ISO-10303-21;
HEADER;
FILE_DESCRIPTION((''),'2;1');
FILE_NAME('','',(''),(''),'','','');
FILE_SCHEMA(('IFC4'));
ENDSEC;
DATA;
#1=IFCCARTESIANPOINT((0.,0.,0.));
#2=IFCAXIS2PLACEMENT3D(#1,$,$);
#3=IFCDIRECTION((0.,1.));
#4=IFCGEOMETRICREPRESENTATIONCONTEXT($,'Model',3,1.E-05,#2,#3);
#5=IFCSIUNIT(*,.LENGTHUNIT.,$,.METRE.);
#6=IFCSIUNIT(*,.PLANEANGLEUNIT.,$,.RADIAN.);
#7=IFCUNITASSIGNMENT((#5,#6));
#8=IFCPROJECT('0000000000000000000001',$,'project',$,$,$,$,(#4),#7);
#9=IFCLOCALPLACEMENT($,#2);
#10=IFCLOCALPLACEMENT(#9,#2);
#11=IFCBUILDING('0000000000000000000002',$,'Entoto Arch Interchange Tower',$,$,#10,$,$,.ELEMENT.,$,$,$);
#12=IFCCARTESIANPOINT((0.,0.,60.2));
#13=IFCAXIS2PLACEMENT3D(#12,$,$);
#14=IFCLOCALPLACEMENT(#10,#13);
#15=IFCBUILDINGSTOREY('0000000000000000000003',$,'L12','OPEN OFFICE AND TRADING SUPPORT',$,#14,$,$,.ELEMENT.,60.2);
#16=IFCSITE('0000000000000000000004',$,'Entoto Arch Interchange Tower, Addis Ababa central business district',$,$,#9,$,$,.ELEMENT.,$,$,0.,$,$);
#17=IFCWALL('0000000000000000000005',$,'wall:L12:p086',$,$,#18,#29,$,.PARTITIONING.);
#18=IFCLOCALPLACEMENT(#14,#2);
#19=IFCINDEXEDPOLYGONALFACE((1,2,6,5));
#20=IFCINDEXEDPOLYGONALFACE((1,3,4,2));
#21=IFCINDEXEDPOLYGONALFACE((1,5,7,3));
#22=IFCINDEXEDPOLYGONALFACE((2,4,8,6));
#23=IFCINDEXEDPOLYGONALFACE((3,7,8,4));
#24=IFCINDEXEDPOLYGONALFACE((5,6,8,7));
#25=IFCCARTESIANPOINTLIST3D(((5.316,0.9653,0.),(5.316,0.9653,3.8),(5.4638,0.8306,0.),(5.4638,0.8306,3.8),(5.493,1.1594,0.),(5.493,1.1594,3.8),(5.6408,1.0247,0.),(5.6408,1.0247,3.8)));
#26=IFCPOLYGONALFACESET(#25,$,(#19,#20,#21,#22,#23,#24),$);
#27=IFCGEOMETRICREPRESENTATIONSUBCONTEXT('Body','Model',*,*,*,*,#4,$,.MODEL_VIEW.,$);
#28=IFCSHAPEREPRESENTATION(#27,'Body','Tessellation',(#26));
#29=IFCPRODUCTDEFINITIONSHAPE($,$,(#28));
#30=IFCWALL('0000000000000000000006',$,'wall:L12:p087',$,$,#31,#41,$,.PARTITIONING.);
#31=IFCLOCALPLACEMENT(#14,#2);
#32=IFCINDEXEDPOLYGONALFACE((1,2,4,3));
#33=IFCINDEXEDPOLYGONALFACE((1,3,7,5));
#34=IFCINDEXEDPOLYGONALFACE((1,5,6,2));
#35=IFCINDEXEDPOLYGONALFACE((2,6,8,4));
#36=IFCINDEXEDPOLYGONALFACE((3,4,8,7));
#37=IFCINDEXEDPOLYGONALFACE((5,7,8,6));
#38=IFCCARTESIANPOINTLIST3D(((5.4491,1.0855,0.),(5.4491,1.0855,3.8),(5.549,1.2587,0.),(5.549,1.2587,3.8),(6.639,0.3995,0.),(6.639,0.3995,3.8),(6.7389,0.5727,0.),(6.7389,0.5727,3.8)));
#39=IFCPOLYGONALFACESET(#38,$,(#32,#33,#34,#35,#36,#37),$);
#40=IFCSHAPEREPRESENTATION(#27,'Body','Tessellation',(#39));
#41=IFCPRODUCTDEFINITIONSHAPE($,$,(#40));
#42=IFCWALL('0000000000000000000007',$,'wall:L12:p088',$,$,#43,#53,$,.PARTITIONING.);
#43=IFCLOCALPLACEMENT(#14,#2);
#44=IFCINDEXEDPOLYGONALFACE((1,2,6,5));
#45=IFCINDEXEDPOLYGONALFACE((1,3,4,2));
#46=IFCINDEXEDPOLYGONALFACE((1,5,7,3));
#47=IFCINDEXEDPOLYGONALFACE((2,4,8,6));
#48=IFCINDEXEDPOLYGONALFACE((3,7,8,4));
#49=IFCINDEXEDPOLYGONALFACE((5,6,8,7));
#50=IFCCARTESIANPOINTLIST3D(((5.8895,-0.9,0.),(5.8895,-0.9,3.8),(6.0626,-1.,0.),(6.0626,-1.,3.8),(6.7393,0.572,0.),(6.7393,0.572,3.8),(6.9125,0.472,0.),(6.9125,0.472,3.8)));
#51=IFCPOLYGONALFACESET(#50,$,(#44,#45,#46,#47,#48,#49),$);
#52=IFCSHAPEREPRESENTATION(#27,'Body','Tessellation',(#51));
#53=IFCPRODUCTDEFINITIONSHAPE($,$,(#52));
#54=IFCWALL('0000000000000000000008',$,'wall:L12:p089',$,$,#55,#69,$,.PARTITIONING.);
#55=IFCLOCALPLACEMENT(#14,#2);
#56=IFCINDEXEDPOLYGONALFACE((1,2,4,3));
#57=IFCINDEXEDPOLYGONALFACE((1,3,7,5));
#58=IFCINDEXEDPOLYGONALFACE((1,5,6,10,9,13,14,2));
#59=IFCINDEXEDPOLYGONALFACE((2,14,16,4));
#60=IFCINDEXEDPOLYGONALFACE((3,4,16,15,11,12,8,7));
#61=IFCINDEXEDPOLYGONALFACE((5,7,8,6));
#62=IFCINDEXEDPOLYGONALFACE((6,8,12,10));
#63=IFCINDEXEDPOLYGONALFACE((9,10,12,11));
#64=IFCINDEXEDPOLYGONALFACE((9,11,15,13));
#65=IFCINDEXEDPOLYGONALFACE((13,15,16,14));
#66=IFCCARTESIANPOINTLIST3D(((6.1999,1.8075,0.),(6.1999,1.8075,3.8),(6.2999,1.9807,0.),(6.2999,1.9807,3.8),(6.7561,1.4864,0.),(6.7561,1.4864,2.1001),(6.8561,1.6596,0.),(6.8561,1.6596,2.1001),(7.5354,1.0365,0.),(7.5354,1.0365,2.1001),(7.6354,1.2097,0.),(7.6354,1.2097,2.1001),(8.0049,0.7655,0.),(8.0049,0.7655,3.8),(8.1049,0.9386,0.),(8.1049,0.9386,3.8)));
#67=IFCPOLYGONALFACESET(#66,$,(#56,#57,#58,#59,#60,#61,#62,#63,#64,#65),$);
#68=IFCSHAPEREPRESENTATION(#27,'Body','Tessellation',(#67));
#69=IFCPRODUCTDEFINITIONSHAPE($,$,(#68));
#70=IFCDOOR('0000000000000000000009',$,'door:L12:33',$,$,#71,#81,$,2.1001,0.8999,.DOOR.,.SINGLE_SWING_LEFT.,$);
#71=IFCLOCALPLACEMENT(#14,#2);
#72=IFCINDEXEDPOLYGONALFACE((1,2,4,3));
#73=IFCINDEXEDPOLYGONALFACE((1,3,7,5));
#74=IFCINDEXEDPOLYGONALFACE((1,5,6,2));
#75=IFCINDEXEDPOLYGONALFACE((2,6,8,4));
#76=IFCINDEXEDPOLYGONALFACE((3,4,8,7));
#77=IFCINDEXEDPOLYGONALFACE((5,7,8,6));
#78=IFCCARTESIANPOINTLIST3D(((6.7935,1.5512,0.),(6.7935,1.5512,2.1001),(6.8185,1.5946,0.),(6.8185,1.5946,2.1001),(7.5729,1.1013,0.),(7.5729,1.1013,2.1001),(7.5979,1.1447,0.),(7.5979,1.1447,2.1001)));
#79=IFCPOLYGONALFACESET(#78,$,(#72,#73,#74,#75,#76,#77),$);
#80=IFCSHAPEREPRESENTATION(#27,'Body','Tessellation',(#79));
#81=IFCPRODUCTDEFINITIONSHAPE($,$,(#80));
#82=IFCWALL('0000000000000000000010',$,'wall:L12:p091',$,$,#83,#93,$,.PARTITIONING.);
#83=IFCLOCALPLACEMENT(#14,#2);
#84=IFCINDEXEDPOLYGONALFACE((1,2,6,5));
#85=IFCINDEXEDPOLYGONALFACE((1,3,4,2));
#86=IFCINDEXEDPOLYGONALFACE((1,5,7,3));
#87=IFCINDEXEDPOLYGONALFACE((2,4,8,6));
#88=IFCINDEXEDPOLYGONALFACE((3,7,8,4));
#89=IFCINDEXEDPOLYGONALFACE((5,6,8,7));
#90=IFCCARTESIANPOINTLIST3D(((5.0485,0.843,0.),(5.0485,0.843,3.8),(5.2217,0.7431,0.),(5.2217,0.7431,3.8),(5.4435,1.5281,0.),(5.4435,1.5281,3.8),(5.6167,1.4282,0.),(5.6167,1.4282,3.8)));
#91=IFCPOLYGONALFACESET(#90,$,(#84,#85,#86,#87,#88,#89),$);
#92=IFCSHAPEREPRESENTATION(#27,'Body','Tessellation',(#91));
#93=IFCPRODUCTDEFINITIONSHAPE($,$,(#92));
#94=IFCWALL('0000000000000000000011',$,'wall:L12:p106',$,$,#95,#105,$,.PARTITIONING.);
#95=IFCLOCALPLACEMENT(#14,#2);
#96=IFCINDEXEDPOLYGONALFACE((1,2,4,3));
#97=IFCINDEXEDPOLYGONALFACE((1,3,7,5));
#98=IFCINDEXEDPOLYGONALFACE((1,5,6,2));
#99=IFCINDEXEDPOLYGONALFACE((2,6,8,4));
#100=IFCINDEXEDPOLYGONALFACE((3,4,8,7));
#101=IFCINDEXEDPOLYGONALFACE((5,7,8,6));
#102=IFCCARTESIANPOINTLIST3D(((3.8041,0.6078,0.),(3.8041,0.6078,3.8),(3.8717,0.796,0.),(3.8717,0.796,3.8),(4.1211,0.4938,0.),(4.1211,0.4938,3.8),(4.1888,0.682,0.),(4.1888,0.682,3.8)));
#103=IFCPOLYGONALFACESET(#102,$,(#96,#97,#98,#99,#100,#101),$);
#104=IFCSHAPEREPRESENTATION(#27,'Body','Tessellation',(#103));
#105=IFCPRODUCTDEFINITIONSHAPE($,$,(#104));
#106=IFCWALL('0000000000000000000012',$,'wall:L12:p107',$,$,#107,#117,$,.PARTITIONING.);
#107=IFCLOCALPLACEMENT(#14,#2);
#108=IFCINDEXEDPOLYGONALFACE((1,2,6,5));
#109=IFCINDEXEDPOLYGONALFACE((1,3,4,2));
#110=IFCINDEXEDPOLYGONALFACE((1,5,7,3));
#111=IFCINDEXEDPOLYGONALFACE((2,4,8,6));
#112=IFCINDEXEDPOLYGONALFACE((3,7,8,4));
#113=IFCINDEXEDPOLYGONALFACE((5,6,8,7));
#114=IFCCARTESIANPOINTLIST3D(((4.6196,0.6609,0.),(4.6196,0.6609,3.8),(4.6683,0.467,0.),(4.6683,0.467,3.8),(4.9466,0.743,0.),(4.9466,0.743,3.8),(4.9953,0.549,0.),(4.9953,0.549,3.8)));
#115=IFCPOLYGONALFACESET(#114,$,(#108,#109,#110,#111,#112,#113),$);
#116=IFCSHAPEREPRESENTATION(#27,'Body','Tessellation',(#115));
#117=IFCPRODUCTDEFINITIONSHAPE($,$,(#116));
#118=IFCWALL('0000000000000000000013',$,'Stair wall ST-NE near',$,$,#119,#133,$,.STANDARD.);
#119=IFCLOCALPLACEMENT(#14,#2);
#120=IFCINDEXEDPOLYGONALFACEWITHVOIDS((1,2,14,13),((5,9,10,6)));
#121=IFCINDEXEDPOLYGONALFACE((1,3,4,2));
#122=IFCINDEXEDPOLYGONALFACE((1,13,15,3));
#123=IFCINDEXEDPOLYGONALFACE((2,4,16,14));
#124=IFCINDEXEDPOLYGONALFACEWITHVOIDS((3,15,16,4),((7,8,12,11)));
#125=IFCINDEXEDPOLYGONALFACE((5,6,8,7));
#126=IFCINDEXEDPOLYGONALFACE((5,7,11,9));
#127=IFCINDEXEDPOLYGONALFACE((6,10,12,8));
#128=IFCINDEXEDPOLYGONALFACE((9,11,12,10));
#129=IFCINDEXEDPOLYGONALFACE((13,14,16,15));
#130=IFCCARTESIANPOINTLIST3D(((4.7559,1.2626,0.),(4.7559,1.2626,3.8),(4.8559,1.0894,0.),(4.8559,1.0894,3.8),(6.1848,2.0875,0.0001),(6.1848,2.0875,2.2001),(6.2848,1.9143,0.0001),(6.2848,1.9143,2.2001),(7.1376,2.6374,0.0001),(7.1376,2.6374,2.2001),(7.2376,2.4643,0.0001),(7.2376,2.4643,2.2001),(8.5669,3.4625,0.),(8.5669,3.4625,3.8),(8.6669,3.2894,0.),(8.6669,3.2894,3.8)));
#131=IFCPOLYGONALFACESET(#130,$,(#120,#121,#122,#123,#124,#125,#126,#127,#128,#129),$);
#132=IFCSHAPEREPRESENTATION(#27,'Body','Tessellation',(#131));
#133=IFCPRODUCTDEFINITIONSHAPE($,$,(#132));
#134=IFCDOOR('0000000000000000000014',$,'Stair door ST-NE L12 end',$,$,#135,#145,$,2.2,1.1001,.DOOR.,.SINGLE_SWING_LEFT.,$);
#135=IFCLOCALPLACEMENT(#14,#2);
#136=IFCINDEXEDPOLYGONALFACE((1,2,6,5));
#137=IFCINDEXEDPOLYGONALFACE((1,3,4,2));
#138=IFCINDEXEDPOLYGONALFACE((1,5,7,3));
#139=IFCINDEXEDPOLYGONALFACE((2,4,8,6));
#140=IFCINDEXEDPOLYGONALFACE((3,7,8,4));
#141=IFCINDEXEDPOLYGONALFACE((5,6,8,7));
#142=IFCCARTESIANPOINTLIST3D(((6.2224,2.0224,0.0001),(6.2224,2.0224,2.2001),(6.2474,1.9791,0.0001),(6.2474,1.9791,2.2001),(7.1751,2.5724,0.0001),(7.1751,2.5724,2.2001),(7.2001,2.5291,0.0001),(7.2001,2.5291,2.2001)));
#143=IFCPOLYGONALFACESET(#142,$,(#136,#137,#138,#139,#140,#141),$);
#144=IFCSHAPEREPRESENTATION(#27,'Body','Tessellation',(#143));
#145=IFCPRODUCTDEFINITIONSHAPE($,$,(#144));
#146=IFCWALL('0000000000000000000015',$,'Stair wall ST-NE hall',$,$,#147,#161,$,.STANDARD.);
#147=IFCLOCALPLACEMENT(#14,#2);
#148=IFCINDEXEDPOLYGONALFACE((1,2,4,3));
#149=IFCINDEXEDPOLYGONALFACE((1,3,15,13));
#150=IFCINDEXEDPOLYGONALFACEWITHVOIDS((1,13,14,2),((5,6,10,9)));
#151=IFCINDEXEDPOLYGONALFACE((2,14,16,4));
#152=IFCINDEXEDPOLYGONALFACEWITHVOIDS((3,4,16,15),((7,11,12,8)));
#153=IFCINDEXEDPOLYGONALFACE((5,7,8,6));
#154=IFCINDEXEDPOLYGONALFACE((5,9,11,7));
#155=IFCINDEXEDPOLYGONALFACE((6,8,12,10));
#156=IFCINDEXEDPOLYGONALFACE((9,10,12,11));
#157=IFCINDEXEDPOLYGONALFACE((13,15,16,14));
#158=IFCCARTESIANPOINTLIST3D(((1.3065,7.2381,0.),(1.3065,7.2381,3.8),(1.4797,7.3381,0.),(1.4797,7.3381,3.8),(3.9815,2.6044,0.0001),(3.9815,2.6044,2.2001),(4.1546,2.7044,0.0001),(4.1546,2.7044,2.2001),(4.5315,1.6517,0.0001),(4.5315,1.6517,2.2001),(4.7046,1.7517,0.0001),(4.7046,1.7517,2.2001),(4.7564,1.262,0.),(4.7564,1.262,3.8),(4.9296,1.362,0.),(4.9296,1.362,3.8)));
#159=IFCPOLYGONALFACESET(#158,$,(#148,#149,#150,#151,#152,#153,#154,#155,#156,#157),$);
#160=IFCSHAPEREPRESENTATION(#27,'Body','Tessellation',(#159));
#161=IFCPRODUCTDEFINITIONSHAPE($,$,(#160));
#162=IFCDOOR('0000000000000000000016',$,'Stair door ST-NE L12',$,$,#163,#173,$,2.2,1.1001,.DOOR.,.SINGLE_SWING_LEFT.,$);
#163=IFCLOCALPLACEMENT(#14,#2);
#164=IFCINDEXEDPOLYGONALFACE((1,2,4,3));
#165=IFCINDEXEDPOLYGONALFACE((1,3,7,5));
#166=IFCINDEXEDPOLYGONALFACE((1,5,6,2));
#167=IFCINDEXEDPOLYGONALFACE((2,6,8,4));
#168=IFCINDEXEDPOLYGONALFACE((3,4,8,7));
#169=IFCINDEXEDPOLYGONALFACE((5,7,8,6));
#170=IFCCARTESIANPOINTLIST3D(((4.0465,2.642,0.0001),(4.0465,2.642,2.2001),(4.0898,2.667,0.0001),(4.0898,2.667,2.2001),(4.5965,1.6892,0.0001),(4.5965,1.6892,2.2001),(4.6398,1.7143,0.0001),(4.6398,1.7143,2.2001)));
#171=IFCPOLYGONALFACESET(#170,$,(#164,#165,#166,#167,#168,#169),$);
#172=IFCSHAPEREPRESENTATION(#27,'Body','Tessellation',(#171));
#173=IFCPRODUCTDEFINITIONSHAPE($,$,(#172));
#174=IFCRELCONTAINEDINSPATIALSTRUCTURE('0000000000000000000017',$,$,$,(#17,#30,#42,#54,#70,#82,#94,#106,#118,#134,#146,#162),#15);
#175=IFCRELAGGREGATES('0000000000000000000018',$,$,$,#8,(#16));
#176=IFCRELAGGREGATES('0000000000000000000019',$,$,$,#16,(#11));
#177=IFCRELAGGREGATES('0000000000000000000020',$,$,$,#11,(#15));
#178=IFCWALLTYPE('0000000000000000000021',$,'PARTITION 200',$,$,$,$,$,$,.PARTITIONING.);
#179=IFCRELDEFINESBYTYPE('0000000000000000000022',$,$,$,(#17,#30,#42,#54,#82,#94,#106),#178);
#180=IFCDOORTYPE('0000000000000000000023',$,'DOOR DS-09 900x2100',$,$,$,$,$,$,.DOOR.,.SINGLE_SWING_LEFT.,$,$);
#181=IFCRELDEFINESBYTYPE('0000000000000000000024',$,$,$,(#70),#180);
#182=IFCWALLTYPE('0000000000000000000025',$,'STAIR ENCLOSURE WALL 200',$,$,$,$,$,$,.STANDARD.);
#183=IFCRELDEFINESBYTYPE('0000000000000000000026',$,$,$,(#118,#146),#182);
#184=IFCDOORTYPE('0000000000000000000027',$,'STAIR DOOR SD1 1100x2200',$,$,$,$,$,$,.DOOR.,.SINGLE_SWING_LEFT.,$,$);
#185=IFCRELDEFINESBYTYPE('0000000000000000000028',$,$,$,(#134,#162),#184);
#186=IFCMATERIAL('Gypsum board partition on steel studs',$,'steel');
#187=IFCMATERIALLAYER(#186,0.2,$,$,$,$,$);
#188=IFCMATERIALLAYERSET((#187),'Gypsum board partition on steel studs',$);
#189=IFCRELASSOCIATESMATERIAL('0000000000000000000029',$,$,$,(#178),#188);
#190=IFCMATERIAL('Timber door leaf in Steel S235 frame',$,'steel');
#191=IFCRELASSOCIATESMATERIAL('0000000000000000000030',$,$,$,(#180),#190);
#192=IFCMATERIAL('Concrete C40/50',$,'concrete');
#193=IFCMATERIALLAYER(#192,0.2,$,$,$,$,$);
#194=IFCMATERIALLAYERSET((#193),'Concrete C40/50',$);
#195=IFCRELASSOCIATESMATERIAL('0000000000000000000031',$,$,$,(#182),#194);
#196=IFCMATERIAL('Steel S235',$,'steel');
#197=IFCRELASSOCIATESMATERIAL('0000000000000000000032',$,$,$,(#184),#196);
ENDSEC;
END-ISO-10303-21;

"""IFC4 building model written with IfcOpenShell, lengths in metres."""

from ifc_helpers import new_model, si_unit, direction, frame, frame_2d, origin, place, context, subcontext, project, spatial, rectangle, extrude, material, layer, layer_set, type_object, element, fill, save


model = new_model("IFC4")

# Units and contexts
model_context = context("Model", 3, precision=1e-05, world=origin(), true_north=direction((0.0, 1.0)))
body_context = subcontext(model_context, "Body", "Model", "MODEL_VIEW")
ifc_project = project(units=[si_unit("LENGTHUNIT", "METRE"), si_unit("PLANEANGLEUNIT", "RADIAN")], contexts=[model_context])

# Site, building, storey
site_placement = place(None, origin())
site = spatial("IfcSite", under=ifc_project, at=site_placement, Name="Entoto Arch Interchange Tower, Addis Ababa central business district", CompositionType="ELEMENT", RefElevation=0.0)
building_placement = place(site_placement, origin())
building = spatial("IfcBuilding", under=site, at=building_placement, Name="Entoto Arch Interchange Tower", CompositionType="ELEMENT")
storey_placement = place(building_placement, frame((0.0, 0.0, 60.2)))
storey = spatial("IfcBuildingStorey", under=building, at=storey_placement, Name="L12", Description="OPEN OFFICE AND TRADING SUPPORT", CompositionType="ELEMENT", Elevation=60.2)

# Walls
ifc_material_1 = material(Name="Gypsum board partition on steel studs", Category="steel")
ifc_layer_1 = layer(ifc_material_1, 0.2)
ifc_layer_set_1 = layer_set([ifc_layer_1], Name="Gypsum board partition on steel studs")
wall_type_1 = type_object("IfcWallType", Name="PARTITION 200", PredefinedType="PARTITIONING", material=ifc_layer_set_1)
wall_1_placement = place(storey_placement, frame((5.3899, 0.8979, 0.0), z_axis=(0.0, 0.0, 1.0), x_axis=(0.673828, 0.738888, 0.0)))
element("IfcWall", 1, at=wall_1_placement, inside=storey, type_object=wall_type_1, Name="wall:L12:p086", PredefinedType="PARTITIONING", context=body_context, shape_type="SweptSolid", body=[
    extrude(rectangle(XDim=0.2627, YDim=0.2, at=frame_2d((0.1313, 0.0))), origin(), (0.0, 0.0, 1.0), 3.8),
])
wall_2_placement = place(storey_placement, frame((5.499, 1.1721, 0.0), z_axis=(0.0, 0.0, 1.0), x_axis=(0.866334, -0.499466, 0.0)))
element("IfcWall", 2, at=wall_2_placement, inside=storey, type_object=wall_type_1, Name="wall:L12:p087", PredefinedType="PARTITIONING", context=body_context, shape_type="SweptSolid", body=[
    extrude(rectangle(XDim=1.3735, YDim=0.2, at=frame_2d((0.6868, 0.0))), origin(), (0.0, 0.0, 1.0), 3.8),
])
wall_3_placement = place(storey_placement, frame((6.8259, 0.522, 0.0), z_axis=(0.0, 0.0, 1.0), x_axis=(-0.500017, -0.866016, 0.0)))
element("IfcWall", 3, at=wall_3_placement, inside=storey, type_object=wall_type_1, Name="wall:L12:p088", PredefinedType="PARTITIONING", context=body_context, shape_type="SweptSolid", body=[
    extrude(rectangle(XDim=1.6997, YDim=0.2, at=frame_2d((0.8499, 0.0))), origin(), (0.0, 0.0, 1.0), 3.8),
])

# Wall, opening, door
wall_4_placement = place(storey_placement, frame((6.25, 1.894, 0.0), z_axis=(0.0, 0.0, 1.0), x_axis=(0.866043, -0.499969, 0.0)))
wall_4 = element("IfcWall", 4, at=wall_4_placement, inside=storey, type_object=wall_type_1, Name="wall:L12:p089", PredefinedType="PARTITIONING", context=body_context, shape_type="SweptSolid", body=[
    extrude(rectangle(XDim=2.0842, YDim=0.2, at=frame_2d((1.042, 0.0))), origin(), (0.0, 0.0, 1.0), 3.8),
])
opening_1_placement = place(wall_4_placement, frame((0.6421, 0.0, 0.0)))
opening_1 = element("IfcOpeningElement", 5, at=opening_1_placement, cuts=wall_4, PredefinedType="OPENING", context=body_context, shape_type="SweptSolid", body=[
    extrude(rectangle(XDim=0.8999, YDim=2.1001, at=frame_2d((0.45, 1.05))), frame((0.0, 0.1099, 0.0), z_axis=(0.0, -1.0, 0.0), x_axis=(1.0, 0.0, 0.0)), (0.0, 0.0, 1.0), 0.22),
])
ifc_material_2 = material(Name="Timber door leaf in Steel S235 frame", Category="steel")
door_type_1 = type_object("IfcDoorType", Name="DOOR DS-09 900x2100", OperationType="SINGLE_SWING_LEFT", PredefinedType="DOOR", material=ifc_material_2)
door_1_placement = place(opening_1_placement, origin())
door_1 = element("IfcDoor", 6, at=door_1_placement, inside=storey, type_object=door_type_1, Name="door:L12:33", OperationType="SINGLE_SWING_LEFT", OverallHeight=2.1001, OverallWidth=0.8999, PredefinedType="DOOR", context=body_context, shape_type="SweptSolid", body=[
    extrude(rectangle(XDim=0.8999, YDim=2.1001, at=frame_2d((0.45, 1.05))), frame((0.0, 0.0249, 0.0), z_axis=(0.0, -1.0, 0.0), x_axis=(1.0, 0.0, 0.0)), (0.0, 0.0, 1.0), 0.05),
])
fill(opening_1, door_1)

# Walls
wall_5_placement = place(storey_placement, frame((5.135, 0.793, 0.0), z_axis=(0.0, 0.0, 1.0), x_axis=(0.499526, 0.866299, 0.0)))
element("IfcWall", 7, at=wall_5_placement, inside=storey, type_object=wall_type_1, Name="wall:L12:p091", PredefinedType="PARTITIONING", context=body_context, shape_type="SweptSolid", body=[
    extrude(rectangle(XDim=0.7908, YDim=0.2, at=frame_2d((0.3955, 0.0))), origin(), (0.0, 0.0, 1.0), 3.8),
])
wall_6_placement = place(storey_placement, frame((3.8379, 0.7019, 0.0), z_axis=(0.0, 0.0, 1.0), x_axis=(0.941035, -0.338309, 0.0)))
element("IfcWall", 8, at=wall_6_placement, inside=storey, type_object=wall_type_1, Name="wall:L12:p106", PredefinedType="PARTITIONING", context=body_context, shape_type="SweptSolid", body=[
    extrude(rectangle(XDim=0.3369, YDim=0.2, at=frame_2d((0.1685, 0.0))), origin(), (0.0, 0.0, 1.0), 3.8),
])
wall_7_placement = place(storey_placement, frame((4.644, 0.564, 0.0), z_axis=(0.0, 0.0, 1.0), x_axis=(0.969929, 0.243388, 0.0)))
element("IfcWall", 9, at=wall_7_placement, inside=storey, type_object=wall_type_1, Name="wall:L12:p107", PredefinedType="PARTITIONING", context=body_context, shape_type="SweptSolid", body=[
    extrude(rectangle(XDim=0.3372, YDim=0.2, at=frame_2d((0.1685, 0.0))), origin(), (0.0, 0.0, 1.0), 3.8),
])

# Walls, openings, doors
ifc_material_3 = material(Name="Concrete C40/50", Category="concrete")
ifc_layer_2 = layer(ifc_material_3, 0.2)
ifc_layer_set_2 = layer_set([ifc_layer_2], Name="Concrete C40/50")
wall_type_2 = type_object("IfcWallType", Name="STAIR ENCLOSURE WALL 200", PredefinedType="STANDARD", material=ifc_layer_set_2)
wall_8_placement = place(storey_placement, frame((4.8059, 1.176, 0.0), z_axis=(0.0, 0.0, 1.0), x_axis=(0.86606, 0.49994, 0.0)))
wall_8 = element("IfcWall", 10, at=wall_8_placement, inside=storey, type_object=wall_type_2, Name="Stair wall ST-NE near", PredefinedType="STANDARD", context=body_context, shape_type="SweptSolid", body=[
    extrude(rectangle(XDim=4.4004, YDim=0.2, at=frame_2d((2.2002, 0.0))), origin(), (0.0, 0.0, 1.0), 3.8),
])
opening_2_placement = place(wall_8_placement, frame((1.6499, 0.0, 0.0)))
opening_2 = element("IfcOpeningElement", 11, at=opening_2_placement, cuts=wall_8, PredefinedType="OPENING", context=body_context, shape_type="SweptSolid", body=[
    extrude(rectangle(XDim=1.1001, YDim=2.2, at=frame_2d((0.55, 1.1001))), frame((0.0, 0.1099, 0.0), z_axis=(0.0, -1.0, 0.0), x_axis=(1.0, 0.0, 0.0)), (0.0, 0.0, 1.0), 0.22),
])
ifc_material_4 = material(Name="Steel S235", Category="steel")
door_type_2 = type_object("IfcDoorType", Name="STAIR DOOR SD1 1100x2200", OperationType="SINGLE_SWING_LEFT", PredefinedType="DOOR", material=ifc_material_4)
door_2_placement = place(opening_2_placement, origin())
door_2 = element("IfcDoor", 12, at=door_2_placement, inside=storey, type_object=door_type_2, Name="Stair door ST-NE L12 end", OperationType="SINGLE_SWING_LEFT", OverallHeight=2.2, OverallWidth=1.1001, PredefinedType="DOOR", context=body_context, shape_type="SweptSolid", body=[
    extrude(rectangle(XDim=1.1001, YDim=2.2, at=frame_2d((0.55, 1.1001))), frame((0.0, 0.0249, 0.0), z_axis=(0.0, -1.0, 0.0), x_axis=(1.0, 0.0, 0.0)), (0.0, 0.0, 1.0), 0.05),
])
fill(opening_2, door_2)
wall_9_placement = place(storey_placement, frame((4.843, 1.312, 0.0), z_axis=(0.0, 0.0, 1.0), x_axis=(-0.499963, 0.866047, 0.0)))
wall_9 = element("IfcWall", 13, at=wall_9_placement, inside=storey, type_object=wall_type_2, Name="Stair wall ST-NE hall", PredefinedType="STANDARD", context=body_context, shape_type="SweptSolid", body=[
    extrude(rectangle(XDim=6.9004, YDim=0.2, at=frame_2d((3.4502, 0.0))), origin(), (0.0, 0.0, 1.0), 3.8),
])
opening_3_placement = place(wall_9_placement, frame((0.45, 0.0, 0.0)))
opening_3 = element("IfcOpeningElement", 14, at=opening_3_placement, cuts=wall_9, PredefinedType="OPENING", context=body_context, shape_type="SweptSolid", body=[
    extrude(rectangle(XDim=1.1001, YDim=2.2, at=frame_2d((0.55, 1.1001))), frame((0.0, 0.1099, 0.0), z_axis=(0.0, -1.0, 0.0), x_axis=(1.0, 0.0, 0.0)), (0.0, 0.0, 1.0), 0.22),
])
door_3_placement = place(opening_3_placement, origin())
door_3 = element("IfcDoor", 15, at=door_3_placement, inside=storey, type_object=door_type_2, Name="Stair door ST-NE L12", OperationType="SINGLE_SWING_LEFT", OverallHeight=2.2, OverallWidth=1.1001, PredefinedType="DOOR", context=body_context, shape_type="SweptSolid", body=[
    extrude(rectangle(XDim=1.1001, YDim=2.2, at=frame_2d((0.55, 1.1001))), frame((0.0, 0.0249, 0.0), z_axis=(0.0, -1.0, 0.0), x_axis=(1.0, 0.0, 0.0)), (0.0, 0.0, 1.0), 0.05),
])
fill(opening_3, door_3)

save(model, "model.ifc")
